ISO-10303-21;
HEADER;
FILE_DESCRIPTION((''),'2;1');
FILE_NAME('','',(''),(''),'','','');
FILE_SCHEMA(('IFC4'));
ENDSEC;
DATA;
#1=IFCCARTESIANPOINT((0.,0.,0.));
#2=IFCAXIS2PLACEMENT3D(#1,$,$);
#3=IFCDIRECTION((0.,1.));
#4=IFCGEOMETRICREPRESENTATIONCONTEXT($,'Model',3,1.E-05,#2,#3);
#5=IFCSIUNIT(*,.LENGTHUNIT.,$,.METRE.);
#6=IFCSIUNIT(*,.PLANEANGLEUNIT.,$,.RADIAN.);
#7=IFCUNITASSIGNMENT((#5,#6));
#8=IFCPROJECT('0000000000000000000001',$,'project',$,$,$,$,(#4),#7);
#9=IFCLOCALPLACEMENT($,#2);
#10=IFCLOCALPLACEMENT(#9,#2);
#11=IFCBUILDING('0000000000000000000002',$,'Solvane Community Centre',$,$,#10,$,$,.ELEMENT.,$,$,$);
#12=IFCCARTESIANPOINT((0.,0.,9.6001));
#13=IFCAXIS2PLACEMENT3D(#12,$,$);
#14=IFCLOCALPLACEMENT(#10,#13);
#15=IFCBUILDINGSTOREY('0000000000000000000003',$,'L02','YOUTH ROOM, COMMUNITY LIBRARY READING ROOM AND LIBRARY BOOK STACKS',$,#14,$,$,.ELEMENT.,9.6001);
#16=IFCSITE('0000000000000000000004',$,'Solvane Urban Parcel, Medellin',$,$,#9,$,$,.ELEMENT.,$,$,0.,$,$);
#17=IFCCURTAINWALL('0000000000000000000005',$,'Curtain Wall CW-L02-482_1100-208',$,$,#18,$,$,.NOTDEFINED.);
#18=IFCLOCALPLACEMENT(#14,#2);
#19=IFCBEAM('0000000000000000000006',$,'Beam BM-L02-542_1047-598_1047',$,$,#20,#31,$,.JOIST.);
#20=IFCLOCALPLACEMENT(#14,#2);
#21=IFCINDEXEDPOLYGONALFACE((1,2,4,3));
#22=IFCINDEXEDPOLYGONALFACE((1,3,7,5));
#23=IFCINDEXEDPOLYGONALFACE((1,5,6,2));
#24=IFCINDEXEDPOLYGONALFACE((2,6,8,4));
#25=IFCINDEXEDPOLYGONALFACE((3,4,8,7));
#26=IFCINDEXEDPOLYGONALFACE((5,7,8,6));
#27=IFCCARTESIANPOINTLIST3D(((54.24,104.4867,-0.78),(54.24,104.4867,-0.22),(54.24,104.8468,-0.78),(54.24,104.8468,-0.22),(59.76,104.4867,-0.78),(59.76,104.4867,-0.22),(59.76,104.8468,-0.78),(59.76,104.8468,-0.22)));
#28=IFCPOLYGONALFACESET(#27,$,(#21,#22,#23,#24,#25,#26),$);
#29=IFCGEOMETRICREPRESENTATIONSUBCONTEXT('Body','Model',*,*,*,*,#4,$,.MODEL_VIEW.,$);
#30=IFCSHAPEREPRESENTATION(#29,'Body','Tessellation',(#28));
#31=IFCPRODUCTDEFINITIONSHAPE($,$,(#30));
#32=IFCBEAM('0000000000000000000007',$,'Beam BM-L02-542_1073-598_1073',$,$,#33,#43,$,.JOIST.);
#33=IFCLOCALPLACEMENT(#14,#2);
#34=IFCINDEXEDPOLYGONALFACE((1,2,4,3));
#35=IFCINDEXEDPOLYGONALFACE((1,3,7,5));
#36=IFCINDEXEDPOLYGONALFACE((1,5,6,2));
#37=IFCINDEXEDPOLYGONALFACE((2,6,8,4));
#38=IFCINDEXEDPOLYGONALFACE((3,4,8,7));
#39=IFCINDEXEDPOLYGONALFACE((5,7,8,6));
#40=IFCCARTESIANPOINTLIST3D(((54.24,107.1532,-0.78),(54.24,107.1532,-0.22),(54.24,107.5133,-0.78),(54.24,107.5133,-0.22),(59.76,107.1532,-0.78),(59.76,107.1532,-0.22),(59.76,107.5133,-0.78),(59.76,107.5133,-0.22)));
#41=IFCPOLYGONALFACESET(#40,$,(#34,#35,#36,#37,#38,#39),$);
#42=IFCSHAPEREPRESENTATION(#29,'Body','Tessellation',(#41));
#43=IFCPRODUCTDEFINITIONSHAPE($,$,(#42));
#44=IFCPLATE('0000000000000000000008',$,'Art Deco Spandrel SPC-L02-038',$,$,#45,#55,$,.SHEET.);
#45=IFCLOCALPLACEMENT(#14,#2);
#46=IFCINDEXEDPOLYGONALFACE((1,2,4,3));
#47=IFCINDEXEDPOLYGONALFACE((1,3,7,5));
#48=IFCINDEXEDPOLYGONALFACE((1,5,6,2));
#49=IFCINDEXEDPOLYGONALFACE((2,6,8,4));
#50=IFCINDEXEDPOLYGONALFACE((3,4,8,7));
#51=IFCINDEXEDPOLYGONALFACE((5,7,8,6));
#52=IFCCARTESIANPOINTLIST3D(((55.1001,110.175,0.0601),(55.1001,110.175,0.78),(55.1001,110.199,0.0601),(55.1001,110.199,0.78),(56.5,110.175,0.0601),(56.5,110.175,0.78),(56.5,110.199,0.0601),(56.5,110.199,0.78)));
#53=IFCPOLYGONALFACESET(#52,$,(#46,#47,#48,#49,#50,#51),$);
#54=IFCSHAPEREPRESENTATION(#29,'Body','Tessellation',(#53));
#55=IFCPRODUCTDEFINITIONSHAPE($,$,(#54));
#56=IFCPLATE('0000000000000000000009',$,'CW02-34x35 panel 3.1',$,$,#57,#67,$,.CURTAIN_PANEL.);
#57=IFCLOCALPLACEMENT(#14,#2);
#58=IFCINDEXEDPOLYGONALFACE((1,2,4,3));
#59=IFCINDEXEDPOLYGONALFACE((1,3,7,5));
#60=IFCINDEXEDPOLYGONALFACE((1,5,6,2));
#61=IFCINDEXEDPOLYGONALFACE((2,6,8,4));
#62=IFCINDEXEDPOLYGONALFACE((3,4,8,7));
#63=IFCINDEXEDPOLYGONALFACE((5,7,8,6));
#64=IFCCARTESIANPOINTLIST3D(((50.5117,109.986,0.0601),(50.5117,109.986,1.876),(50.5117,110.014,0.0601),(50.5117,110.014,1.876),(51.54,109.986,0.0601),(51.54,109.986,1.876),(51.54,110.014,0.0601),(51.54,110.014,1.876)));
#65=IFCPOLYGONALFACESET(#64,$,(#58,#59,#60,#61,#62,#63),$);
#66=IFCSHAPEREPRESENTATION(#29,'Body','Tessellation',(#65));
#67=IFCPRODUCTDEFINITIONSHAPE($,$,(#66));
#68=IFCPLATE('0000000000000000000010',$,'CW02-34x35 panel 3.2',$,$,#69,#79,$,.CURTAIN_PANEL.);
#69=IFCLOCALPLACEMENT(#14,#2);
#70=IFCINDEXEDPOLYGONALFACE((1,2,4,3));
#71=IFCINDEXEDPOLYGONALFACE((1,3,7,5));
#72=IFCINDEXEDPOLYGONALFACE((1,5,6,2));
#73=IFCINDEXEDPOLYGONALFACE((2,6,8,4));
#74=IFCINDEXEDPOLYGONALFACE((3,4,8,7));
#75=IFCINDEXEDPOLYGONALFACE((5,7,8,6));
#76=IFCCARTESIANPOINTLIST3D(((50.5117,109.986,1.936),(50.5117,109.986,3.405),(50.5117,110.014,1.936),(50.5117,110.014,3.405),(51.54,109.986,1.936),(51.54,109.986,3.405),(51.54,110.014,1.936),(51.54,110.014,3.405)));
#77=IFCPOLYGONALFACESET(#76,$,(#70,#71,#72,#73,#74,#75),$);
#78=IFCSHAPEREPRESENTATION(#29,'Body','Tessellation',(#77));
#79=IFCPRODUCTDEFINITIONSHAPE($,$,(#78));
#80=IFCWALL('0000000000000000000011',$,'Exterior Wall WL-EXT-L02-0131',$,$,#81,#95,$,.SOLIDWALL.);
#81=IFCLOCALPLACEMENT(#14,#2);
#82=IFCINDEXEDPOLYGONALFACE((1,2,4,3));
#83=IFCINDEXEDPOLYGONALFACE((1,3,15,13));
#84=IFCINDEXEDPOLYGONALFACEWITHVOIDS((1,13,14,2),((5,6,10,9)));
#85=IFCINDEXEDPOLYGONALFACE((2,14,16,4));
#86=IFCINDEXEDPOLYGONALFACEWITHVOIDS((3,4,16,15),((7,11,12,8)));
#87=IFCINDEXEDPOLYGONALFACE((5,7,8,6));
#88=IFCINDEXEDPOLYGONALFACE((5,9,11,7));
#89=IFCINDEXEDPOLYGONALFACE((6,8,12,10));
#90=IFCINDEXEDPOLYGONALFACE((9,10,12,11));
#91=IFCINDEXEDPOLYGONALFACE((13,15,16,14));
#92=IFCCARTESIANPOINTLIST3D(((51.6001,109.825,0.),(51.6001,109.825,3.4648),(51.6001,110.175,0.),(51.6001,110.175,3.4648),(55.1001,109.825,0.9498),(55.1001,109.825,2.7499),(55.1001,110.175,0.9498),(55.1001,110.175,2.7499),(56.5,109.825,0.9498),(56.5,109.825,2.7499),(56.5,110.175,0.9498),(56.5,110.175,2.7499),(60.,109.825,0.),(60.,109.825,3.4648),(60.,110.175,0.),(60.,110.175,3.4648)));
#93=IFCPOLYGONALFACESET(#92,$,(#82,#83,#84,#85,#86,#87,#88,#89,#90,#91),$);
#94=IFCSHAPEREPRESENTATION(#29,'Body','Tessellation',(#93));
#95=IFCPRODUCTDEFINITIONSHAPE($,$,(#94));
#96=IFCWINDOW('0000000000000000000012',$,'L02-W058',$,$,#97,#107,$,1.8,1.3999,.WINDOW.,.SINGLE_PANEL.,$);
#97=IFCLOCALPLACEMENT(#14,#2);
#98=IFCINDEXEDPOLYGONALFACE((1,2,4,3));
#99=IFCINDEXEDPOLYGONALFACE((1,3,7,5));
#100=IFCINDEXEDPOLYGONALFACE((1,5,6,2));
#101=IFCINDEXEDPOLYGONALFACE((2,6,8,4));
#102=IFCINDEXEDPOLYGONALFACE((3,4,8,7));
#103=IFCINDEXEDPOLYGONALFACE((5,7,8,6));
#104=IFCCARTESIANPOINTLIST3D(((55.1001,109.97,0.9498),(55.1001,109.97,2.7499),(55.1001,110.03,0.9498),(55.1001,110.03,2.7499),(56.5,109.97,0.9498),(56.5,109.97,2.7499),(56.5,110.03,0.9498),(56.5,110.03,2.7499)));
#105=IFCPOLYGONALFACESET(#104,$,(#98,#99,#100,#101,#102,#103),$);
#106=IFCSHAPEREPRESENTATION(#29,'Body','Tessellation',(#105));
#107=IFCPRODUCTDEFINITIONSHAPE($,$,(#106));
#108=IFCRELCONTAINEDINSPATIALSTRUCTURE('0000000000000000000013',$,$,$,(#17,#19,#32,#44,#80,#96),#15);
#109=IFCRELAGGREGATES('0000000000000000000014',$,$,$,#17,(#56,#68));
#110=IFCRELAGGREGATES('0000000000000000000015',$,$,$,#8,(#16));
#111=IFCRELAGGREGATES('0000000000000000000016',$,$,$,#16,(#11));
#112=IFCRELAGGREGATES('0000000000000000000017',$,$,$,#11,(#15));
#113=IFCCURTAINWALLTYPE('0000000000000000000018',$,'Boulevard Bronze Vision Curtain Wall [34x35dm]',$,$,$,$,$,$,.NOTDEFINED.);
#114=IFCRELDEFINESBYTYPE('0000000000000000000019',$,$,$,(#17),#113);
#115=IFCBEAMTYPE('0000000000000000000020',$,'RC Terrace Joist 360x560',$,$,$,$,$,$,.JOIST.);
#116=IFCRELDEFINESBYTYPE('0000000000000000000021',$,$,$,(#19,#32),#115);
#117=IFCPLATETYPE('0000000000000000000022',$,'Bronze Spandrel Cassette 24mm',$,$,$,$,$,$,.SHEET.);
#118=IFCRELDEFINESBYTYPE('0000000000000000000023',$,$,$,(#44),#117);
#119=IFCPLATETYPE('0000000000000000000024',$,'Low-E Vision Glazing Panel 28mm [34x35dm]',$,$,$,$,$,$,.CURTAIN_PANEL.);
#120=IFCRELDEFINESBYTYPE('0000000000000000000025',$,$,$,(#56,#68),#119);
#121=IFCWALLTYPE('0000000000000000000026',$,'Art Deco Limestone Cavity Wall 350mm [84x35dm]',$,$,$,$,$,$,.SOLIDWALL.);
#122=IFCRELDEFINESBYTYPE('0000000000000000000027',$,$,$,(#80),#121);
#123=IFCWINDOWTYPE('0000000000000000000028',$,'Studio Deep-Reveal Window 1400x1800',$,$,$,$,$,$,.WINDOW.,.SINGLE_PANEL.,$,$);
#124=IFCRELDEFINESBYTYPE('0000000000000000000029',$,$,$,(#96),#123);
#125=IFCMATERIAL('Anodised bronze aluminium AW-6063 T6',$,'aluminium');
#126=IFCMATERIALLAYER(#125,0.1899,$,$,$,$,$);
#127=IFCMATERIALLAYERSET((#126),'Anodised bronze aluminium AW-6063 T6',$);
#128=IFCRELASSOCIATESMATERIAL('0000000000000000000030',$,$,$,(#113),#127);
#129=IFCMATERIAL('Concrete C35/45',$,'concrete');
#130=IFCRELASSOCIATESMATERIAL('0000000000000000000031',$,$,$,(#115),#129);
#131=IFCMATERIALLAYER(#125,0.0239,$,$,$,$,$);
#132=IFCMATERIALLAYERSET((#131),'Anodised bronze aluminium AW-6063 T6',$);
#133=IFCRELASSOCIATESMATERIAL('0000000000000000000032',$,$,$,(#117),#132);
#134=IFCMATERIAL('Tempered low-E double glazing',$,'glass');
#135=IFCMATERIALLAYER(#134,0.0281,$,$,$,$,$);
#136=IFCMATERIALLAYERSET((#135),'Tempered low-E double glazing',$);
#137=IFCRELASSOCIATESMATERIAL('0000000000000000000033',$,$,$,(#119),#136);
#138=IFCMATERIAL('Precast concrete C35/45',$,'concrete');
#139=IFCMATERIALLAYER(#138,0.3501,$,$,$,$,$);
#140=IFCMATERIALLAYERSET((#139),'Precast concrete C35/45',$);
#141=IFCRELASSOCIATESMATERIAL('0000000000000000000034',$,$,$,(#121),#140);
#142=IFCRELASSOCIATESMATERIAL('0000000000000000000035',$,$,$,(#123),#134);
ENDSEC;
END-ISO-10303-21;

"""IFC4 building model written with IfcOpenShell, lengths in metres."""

from ifc_helpers import new_model, si_unit, direction, frame, frame_2d, origin, origin_2d, place, context, subcontext, project, spatial, rectangle, extrude, material, layer, layer_set, material_profile, profile_set, type_object, element, fill, aggregate, save


model = new_model("IFC4")

# Units and contexts
model_context = context("Model", 3, precision=1e-05, world=origin(), true_north=direction((0.0, 1.0)))
body_context = subcontext(model_context, "Body", "Model", "MODEL_VIEW")
ifc_project = project(units=[si_unit("LENGTHUNIT", "METRE"), si_unit("PLANEANGLEUNIT", "RADIAN")], contexts=[model_context])

# Site, building, storey
site_placement = place(None, origin())
site = spatial("IfcSite", under=ifc_project, at=site_placement, Name="Solvane Urban Parcel, Medellin", CompositionType="ELEMENT", RefElevation=0.0)
building_placement = place(site_placement, origin())
building = spatial("IfcBuilding", under=site, at=building_placement, Name="Solvane Community Centre", CompositionType="ELEMENT")
storey_placement = place(building_placement, frame((0.0, 0.0, 9.6001)))
storey = spatial("IfcBuildingStorey", under=building, at=storey_placement, Name="L02", Description="YOUTH ROOM, COMMUNITY LIBRARY READING ROOM AND LIBRARY BOOK STACKS", CompositionType="ELEMENT", Elevation=9.6001)

# Curtain wall
ifc_material_1 = material(Name="Anodised bronze aluminium AW-6063 T6", Category="aluminium")
ifc_layer_1 = layer(ifc_material_1, 0.1899)
ifc_layer_set_1 = layer_set([ifc_layer_1], Name="Anodised bronze aluminium AW-6063 T6")
curtain_wall_type = type_object("IfcCurtainWallType", Name="Boulevard Bronze Vision Curtain Wall [34x35dm]", PredefinedType="NOTDEFINED", material=ifc_layer_set_1)
curtain_wall_placement = place(storey_placement, origin())
curtain_wall = element("IfcCurtainWall", 1, at=curtain_wall_placement, inside=storey, type_object=curtain_wall_type, Name="Curtain Wall CW-L02-482_1100-208", PredefinedType="NOTDEFINED")

# Beams
ifc_material_2 = material(Name="Concrete C35/45", Category="concrete")
ifc_material_profile_1 = material_profile(ifc_material_2, rectangle(XDim=0.3601, YDim=0.5601, at=origin_2d()), Name="RC 360x560")
ifc_profile_set_1 = profile_set([ifc_material_profile_1], Name="Concrete C35/45")
beam_type_1 = type_object("IfcBeamType", Name="RC Terrace Joist 360x560", PredefinedType="JOIST", material=ifc_profile_set_1)
for number, where, z_axis, x_axis, name in (
    (2, (54.24, 104.6667, -0.5), (1.0, 0.0, 0.0), (0.0, 1.0, 0.0), "Beam BM-L02-542_1047-598_1047"),
    (3, (54.24, 107.3333, -0.5), (1.0, 0.0, 0.0), (0.0, 1.0, 0.0), "Beam BM-L02-542_1073-598_1073"),
):
    element("IfcBeam", number, at=place(storey_placement, frame(where, z_axis=z_axis, x_axis=x_axis)), inside=storey, type_object=beam_type_1, Name=name, PredefinedType="JOIST", context=body_context, shape_type="SweptSolid", body=[
        extrude(rectangle(XDim=0.3601, YDim=0.5601, at=origin_2d()), origin(), (0.0, 0.0, 1.0), 5.52),
    ])

# Plates
ifc_layer_2 = layer(ifc_material_1, 0.0239)
ifc_layer_set_2 = layer_set([ifc_layer_2], Name="Anodised bronze aluminium AW-6063 T6")
plate_type_1 = type_object("IfcPlateType", Name="Bronze Spandrel Cassette 24mm", PredefinedType="SHEET", material=ifc_layer_set_2)
plate_1_placement = place(storey_placement, frame((55.8, 110.187, 0.0601), z_axis=(0.0, 0.0, 1.0), x_axis=(1.0, 0.0, 0.0)))
element("IfcPlate", 4, at=plate_1_placement, inside=storey, type_object=plate_type_1, Name="Art Deco Spandrel SPC-L02-038", PredefinedType="SHEET", context=body_context, shape_type="SweptSolid", body=[
    extrude(rectangle(XDim=1.3999, YDim=0.0239, at=origin_2d()), origin(), (0.0, 0.0, 1.0), 0.72),
])
ifc_material_3 = material(Name="Tempered low-E double glazing", Category="glass")
ifc_layer_3 = layer(ifc_material_3, 0.0281)
ifc_layer_set_3 = layer_set([ifc_layer_3], Name="Tempered low-E double glazing")
plate_type_2 = type_object("IfcPlateType", Name="Low-E Vision Glazing Panel 28mm [34x35dm]", PredefinedType="CURTAIN_PANEL", material=ifc_layer_set_3)
plate_2_placement = place(storey_placement, frame((51.0259, 110.0, 0.0601), z_axis=(0.0, 0.0, 1.0), x_axis=(1.0, 0.0, 0.0)))
plate_2 = element("IfcPlate", 5, at=plate_2_placement, type_object=plate_type_2, Name="CW02-34x35 panel 3.1", PredefinedType="CURTAIN_PANEL", context=body_context, shape_type="SweptSolid", body=[
    extrude(rectangle(XDim=1.0283, YDim=0.0281, at=origin_2d()), origin(), (0.0, 0.0, 1.0), 1.8159),
])
plate_3_placement = place(storey_placement, frame((51.0259, 110.0, 1.936), z_axis=(0.0, 0.0, 1.0), x_axis=(1.0, 0.0, 0.0)))
plate_3 = element("IfcPlate", 6, at=plate_3_placement, type_object=plate_type_2, Name="CW02-34x35 panel 3.2", PredefinedType="CURTAIN_PANEL", context=body_context, shape_type="SweptSolid", body=[
    extrude(rectangle(XDim=1.0283, YDim=0.0281, at=origin_2d()), origin(), (0.0, 0.0, 1.0), 1.469),
])
aggregate(curtain_wall, [plate_2, plate_3])

# Wall, opening, window
ifc_material_4 = material(Name="Precast concrete C35/45", Category="concrete")
ifc_layer_4 = layer(ifc_material_4, 0.3501)
ifc_layer_set_4 = layer_set([ifc_layer_4], Name="Precast concrete C35/45")
wall_type = type_object("IfcWallType", Name="Art Deco Limestone Cavity Wall 350mm [84x35dm]", PredefinedType="SOLIDWALL", material=ifc_layer_set_4)
wall_placement = place(storey_placement, frame((51.6001, 110.0, 0.0), z_axis=(0.0, 0.0, 1.0), x_axis=(1.0, 0.0, 0.0)))
wall = element("IfcWall", 7, at=wall_placement, inside=storey, type_object=wall_type, Name="Exterior Wall WL-EXT-L02-0131", PredefinedType="SOLIDWALL", context=body_context, shape_type="SweptSolid", body=[
    extrude(rectangle(XDim=8.3999, YDim=0.3501, at=frame_2d((4.2, 0.0))), origin(), (0.0, 0.0, 1.0), 3.4648),
])
opening_placement = place(wall_placement, frame((3.5, 0.0, 0.95)))
opening = element("IfcOpeningElement", 8, at=opening_placement, cuts=wall, PredefinedType="OPENING", context=body_context, shape_type="SweptSolid", body=[
    extrude(rectangle(XDim=1.3999, YDim=1.8, at=frame_2d((0.7, 0.8999))), frame((0.0, 0.1851, 0.0), z_axis=(0.0, -1.0, 0.0), x_axis=(1.0, 0.0, 0.0)), (0.0, 0.0, 1.0), 0.3701),
])
window_type = type_object("IfcWindowType", Name="Studio Deep-Reveal Window 1400x1800", PartitioningType="SINGLE_PANEL", PredefinedType="WINDOW", material=ifc_material_3)
window_placement = place(opening_placement, origin())
window = element("IfcWindow", 9, at=window_placement, inside=storey, type_object=window_type, Name="L02-W058", OverallHeight=1.8, OverallWidth=1.3999, PartitioningType="SINGLE_PANEL", PredefinedType="WINDOW", context=body_context, shape_type="SweptSolid", body=[
    extrude(rectangle(XDim=1.3999, YDim=1.8, at=frame_2d((0.7, 0.8999))), frame((0.0, 0.03, 0.0), z_axis=(0.0, -1.0, 0.0), x_axis=(1.0, 0.0, 0.0)), (0.0, 0.0, 1.0), 0.0601),
])
fill(opening, window)

save(model, "model.ifc")
